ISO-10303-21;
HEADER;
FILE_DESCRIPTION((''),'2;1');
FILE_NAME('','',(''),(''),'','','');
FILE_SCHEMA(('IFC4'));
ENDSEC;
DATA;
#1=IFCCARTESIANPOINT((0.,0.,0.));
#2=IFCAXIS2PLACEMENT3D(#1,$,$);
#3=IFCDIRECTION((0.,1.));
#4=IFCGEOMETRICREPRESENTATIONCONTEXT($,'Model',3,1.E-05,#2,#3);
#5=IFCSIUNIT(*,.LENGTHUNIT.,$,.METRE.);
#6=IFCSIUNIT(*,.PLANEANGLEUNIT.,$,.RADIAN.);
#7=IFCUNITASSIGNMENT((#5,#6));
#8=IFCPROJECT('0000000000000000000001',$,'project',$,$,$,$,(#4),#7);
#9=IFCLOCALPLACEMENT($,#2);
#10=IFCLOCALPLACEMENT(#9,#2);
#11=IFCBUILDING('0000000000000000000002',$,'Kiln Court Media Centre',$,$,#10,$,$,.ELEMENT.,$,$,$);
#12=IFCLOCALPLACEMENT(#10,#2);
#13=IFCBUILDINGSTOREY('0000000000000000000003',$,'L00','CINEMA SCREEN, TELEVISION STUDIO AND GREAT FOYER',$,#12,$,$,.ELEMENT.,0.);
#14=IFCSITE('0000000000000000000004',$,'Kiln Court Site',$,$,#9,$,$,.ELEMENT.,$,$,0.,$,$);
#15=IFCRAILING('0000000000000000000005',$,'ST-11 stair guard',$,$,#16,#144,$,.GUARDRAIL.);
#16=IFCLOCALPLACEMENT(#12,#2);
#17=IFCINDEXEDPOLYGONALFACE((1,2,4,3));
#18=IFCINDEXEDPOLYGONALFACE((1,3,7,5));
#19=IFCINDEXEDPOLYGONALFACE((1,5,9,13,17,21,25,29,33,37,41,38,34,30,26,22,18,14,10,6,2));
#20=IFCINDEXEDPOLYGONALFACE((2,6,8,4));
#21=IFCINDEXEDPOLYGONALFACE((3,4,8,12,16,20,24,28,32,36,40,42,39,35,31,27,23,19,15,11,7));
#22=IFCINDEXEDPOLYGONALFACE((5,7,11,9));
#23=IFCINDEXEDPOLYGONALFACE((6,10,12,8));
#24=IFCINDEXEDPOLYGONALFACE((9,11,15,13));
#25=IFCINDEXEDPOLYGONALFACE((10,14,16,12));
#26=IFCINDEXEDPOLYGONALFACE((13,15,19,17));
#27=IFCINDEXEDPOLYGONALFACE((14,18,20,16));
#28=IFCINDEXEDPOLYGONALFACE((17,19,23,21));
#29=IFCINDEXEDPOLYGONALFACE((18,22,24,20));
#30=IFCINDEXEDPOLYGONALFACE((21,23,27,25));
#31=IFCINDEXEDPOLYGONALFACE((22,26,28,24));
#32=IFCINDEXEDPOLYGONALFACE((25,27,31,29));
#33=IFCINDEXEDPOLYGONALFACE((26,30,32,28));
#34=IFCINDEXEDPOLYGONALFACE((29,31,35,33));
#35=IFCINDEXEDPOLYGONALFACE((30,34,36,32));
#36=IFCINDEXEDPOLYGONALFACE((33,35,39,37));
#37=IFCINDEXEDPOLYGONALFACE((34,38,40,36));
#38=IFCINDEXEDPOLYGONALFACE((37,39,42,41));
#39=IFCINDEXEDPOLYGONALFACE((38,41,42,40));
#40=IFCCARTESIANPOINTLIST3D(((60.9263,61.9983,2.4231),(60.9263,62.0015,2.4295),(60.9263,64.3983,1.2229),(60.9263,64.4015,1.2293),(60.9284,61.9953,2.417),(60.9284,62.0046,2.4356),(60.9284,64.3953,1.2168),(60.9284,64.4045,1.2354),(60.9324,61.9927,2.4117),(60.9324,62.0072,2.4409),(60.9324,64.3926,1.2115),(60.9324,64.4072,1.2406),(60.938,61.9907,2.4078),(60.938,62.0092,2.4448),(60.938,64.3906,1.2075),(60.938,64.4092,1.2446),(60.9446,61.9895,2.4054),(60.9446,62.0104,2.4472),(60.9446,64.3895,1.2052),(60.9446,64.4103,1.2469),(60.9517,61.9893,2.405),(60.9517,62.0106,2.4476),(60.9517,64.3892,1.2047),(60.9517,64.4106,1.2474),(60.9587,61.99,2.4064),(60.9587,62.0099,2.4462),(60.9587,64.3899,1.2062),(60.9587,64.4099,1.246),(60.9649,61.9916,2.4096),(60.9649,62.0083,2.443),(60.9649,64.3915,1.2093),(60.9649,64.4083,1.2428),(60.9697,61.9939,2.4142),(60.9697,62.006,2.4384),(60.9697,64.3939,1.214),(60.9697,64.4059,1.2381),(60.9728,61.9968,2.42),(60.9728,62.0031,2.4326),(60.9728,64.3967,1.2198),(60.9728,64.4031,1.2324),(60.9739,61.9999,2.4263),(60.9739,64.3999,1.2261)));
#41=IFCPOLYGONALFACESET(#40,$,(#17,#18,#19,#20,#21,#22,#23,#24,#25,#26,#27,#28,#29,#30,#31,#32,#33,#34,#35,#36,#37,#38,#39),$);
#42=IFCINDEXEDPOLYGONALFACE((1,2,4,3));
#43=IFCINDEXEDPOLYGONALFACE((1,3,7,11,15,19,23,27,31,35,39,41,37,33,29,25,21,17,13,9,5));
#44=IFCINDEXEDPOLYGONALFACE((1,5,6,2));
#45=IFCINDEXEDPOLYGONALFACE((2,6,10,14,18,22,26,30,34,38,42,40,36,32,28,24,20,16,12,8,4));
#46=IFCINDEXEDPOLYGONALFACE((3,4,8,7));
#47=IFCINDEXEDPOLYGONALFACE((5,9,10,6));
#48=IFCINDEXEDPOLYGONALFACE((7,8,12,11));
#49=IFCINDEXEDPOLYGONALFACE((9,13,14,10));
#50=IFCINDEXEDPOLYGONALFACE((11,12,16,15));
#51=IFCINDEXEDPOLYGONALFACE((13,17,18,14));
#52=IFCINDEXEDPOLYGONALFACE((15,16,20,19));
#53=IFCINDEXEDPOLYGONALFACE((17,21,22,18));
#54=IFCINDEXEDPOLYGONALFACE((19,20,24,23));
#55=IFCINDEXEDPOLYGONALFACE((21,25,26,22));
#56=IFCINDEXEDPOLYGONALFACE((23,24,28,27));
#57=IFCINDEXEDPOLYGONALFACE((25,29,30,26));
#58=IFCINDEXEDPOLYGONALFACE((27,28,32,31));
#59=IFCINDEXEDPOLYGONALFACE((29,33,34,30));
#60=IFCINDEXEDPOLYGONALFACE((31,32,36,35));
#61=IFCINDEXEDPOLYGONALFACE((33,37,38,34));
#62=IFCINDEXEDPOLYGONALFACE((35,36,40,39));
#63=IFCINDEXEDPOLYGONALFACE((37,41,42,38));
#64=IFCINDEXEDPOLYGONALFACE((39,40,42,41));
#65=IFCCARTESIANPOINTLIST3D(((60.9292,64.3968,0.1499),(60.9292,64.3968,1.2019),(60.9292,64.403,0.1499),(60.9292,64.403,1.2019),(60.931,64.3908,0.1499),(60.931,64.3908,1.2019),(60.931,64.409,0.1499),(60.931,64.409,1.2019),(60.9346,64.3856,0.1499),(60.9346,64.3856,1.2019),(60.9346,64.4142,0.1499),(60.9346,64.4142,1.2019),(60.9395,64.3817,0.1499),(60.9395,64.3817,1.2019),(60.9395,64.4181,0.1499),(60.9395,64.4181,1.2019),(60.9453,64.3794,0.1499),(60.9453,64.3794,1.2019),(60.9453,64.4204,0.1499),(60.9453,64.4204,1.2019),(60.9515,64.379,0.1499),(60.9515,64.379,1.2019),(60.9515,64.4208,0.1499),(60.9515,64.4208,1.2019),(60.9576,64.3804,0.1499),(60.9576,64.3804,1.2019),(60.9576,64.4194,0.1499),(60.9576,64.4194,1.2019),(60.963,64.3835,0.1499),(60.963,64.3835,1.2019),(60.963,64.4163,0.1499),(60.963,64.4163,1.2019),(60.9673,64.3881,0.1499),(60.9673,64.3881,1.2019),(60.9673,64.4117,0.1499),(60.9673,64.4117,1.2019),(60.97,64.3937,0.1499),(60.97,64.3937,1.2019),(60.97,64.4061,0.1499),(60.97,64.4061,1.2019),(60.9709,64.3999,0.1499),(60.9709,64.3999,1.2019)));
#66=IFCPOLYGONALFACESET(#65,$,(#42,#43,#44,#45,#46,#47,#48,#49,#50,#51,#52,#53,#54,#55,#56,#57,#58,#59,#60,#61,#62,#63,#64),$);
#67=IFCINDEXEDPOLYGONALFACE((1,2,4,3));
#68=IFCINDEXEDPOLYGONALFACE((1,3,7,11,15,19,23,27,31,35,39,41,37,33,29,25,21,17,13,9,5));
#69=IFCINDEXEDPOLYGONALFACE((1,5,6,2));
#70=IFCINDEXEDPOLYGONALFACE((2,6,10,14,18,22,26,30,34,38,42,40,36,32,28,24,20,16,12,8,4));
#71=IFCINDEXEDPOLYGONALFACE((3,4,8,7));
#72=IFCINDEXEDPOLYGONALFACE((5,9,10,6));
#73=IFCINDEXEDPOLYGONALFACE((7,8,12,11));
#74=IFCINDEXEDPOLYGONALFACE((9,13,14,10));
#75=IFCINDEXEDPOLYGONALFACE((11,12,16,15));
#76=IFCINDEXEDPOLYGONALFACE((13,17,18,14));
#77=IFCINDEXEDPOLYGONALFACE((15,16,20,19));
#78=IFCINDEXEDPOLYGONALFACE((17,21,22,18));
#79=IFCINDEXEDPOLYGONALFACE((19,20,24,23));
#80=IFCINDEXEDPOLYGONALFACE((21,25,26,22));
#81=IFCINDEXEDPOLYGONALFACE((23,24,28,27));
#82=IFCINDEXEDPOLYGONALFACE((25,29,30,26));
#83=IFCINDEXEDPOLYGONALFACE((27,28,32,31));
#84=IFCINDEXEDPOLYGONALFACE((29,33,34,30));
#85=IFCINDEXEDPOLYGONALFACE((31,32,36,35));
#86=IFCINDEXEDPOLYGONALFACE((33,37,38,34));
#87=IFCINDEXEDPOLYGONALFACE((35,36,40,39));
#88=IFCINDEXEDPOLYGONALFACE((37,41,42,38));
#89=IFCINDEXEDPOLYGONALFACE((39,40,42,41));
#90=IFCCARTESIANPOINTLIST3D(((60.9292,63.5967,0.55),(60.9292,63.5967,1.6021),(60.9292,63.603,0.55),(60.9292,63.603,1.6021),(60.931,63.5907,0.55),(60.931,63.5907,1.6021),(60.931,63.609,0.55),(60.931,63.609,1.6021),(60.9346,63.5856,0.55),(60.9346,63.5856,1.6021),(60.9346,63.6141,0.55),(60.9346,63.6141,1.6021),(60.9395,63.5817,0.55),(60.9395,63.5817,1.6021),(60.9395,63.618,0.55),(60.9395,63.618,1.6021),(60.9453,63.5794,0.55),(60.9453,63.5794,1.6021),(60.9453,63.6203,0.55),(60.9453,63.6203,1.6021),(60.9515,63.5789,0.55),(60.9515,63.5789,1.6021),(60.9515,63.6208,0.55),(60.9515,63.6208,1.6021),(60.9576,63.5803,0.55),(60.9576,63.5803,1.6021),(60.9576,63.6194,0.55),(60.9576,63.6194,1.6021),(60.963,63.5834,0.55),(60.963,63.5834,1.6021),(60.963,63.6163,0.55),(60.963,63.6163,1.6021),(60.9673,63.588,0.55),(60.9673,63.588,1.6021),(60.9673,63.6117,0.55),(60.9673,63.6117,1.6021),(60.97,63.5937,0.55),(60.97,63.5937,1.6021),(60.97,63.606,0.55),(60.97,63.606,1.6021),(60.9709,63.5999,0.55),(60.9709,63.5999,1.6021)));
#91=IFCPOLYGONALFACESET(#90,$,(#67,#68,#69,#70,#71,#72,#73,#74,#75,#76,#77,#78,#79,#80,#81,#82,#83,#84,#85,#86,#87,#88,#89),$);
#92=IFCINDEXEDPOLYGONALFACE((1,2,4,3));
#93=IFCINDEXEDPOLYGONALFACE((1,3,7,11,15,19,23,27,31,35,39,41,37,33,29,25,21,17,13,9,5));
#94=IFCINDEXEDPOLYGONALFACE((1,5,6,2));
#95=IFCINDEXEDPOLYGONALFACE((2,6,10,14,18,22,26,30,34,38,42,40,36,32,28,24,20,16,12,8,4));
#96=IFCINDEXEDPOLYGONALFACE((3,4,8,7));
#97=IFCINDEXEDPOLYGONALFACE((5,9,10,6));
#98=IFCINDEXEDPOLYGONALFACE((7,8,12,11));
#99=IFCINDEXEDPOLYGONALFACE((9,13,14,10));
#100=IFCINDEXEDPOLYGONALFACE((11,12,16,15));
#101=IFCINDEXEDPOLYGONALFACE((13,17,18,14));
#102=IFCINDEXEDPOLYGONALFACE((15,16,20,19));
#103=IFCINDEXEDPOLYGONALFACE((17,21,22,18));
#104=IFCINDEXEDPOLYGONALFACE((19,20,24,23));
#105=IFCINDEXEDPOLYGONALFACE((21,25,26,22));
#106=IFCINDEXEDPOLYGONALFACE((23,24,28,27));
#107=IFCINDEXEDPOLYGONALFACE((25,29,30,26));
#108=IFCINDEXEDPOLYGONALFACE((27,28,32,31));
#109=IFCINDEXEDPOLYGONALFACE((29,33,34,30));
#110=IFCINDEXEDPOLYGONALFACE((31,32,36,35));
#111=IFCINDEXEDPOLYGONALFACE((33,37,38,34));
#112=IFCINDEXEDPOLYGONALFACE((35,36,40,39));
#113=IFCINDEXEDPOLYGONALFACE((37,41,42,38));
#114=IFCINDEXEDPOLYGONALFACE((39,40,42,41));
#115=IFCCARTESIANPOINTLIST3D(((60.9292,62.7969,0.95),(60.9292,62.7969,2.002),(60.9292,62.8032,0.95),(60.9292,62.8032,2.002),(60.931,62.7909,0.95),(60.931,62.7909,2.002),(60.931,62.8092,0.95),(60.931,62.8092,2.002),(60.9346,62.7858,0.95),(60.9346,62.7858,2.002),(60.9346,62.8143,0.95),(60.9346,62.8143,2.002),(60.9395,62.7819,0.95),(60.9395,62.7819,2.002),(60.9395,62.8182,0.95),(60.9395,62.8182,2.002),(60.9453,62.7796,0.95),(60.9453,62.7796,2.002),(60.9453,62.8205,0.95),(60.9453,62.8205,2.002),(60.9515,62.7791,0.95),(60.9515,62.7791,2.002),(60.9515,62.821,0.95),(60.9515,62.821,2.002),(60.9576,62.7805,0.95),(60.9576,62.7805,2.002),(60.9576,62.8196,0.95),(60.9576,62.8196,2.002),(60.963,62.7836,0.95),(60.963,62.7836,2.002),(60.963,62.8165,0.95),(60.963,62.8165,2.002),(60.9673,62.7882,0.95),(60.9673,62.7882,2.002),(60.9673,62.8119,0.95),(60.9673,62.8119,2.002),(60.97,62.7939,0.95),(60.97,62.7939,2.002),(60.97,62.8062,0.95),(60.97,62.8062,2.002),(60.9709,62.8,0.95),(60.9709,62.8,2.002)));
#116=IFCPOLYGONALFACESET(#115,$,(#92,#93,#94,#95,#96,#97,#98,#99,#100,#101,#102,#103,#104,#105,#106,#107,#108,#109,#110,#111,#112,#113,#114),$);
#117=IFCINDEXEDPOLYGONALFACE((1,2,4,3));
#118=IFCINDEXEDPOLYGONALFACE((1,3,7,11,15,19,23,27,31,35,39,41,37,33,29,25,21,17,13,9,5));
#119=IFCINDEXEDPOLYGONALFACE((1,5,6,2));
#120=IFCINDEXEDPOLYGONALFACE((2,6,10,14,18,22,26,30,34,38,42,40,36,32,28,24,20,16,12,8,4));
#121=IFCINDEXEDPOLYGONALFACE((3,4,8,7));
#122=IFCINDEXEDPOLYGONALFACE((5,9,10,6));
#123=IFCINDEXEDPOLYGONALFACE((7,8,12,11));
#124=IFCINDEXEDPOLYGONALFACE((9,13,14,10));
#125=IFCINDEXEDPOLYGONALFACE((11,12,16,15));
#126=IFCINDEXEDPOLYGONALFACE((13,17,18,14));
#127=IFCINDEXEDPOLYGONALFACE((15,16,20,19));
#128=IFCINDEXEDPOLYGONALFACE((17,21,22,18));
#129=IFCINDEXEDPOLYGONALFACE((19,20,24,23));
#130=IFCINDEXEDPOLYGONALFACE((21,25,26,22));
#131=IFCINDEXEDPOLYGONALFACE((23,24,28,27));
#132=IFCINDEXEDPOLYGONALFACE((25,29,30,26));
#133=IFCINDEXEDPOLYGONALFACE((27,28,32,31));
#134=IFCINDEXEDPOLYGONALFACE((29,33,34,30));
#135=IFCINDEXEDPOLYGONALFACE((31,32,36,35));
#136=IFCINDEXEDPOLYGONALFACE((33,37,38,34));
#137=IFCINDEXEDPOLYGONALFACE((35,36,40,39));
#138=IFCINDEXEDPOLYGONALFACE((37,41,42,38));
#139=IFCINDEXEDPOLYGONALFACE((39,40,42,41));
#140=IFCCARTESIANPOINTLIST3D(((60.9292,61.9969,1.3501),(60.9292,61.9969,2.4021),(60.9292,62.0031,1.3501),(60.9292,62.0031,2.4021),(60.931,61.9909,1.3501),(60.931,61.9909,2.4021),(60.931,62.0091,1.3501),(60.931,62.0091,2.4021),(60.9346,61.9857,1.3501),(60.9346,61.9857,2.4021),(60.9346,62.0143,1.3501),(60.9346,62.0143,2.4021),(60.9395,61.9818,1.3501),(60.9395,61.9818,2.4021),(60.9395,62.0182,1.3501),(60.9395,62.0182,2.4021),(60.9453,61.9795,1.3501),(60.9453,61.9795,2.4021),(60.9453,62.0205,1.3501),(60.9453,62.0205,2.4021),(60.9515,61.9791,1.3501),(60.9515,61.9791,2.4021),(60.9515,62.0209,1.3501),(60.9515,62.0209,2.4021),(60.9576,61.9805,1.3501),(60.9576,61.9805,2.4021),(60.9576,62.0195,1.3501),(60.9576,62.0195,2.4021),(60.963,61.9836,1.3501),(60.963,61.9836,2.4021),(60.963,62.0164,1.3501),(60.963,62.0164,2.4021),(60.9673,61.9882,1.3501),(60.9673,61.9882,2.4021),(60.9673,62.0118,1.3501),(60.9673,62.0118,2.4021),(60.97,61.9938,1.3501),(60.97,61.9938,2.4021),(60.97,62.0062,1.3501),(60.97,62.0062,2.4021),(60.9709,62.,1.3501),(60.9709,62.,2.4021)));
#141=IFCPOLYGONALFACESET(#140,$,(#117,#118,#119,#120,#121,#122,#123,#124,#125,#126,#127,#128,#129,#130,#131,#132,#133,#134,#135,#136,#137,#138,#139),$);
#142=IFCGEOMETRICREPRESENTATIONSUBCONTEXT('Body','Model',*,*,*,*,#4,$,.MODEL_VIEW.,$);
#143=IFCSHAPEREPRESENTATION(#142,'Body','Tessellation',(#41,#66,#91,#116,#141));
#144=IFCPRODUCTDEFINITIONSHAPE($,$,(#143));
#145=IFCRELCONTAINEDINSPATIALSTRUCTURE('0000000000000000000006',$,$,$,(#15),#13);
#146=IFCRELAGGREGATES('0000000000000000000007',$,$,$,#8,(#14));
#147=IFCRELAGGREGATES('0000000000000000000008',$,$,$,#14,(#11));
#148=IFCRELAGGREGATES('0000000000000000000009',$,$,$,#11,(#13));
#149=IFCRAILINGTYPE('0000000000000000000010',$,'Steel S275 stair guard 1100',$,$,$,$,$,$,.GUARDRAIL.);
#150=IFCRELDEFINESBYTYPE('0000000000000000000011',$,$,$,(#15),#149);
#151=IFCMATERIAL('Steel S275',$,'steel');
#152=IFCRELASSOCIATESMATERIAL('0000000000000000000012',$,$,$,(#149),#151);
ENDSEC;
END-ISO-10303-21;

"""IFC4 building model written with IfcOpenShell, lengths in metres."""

from ifc_helpers import new_model, si_unit, direction, frame, origin, origin_2d, place, context, subcontext, project, spatial, circle, extrude, material, type_object, element, save


model = new_model("IFC4")

# Units and contexts
model_context = context("Model", 3, precision=1e-05, world=origin(), true_north=direction((0.0, 1.0)))
body_context = subcontext(model_context, "Body", "Model", "MODEL_VIEW")
ifc_project = project(units=[si_unit("LENGTHUNIT", "METRE"), si_unit("PLANEANGLEUNIT", "RADIAN")], contexts=[model_context])

# Site, building, storey
site_placement = place(None, origin())
site = spatial("IfcSite", under=ifc_project, at=site_placement, Name="Kiln Court Site", CompositionType="ELEMENT", RefElevation=0.0)
building_placement = place(site_placement, origin())
building = spatial("IfcBuilding", under=site, at=building_placement, Name="Kiln Court Media Centre", CompositionType="ELEMENT")
storey_placement = place(building_placement, origin())
storey = spatial("IfcBuildingStorey", under=building, at=storey_placement, Name="L00", Description="CINEMA SCREEN, TELEVISION STUDIO AND GREAT FOYER", CompositionType="ELEMENT", Elevation=0.0)

# Railing
ifc_material_1 = material(Name="Steel S275", Category="steel")
railing_type_1 = type_object("IfcRailingType", Name="Steel S275 stair guard 1100", PredefinedType="GUARDRAIL", material=ifc_material_1)
railing_1_placement = place(storey_placement, frame((60.95, 64.3999, 0.1499)))
element("IfcRailing", 1, at=railing_1_placement, inside=storey, type_object=railing_type_1, Name="ST-11 stair guard", PredefinedType="GUARDRAIL", context=body_context, shape_type="SweptSolid", body=[
    extrude(circle(Radius=0.0239, at=origin_2d()), frame((0.0, 0.0, 1.0762), z_axis=(0.0, -0.894391, 0.447286), x_axis=(1.0, 0.0, 0.0)), (0.0, 0.0, 1.0), 2.6833),
    extrude(circle(Radius=0.021, at=origin_2d()), origin(), (0.0, 0.0, 1.0), 1.052),
    extrude(circle(Radius=0.021, at=origin_2d()), frame((0.0, -0.8, 0.4001)), (0.0, 0.0, 1.0), 1.052),
    extrude(circle(Radius=0.021, at=origin_2d()), frame((0.0, -1.5999, 0.8)), (0.0, 0.0, 1.0), 1.052),
    extrude(circle(Radius=0.021, at=origin_2d()), frame((0.0, -2.3999, 1.2002)), (0.0, 0.0, 1.0), 1.052),
])

save(model, "model.ifc")
